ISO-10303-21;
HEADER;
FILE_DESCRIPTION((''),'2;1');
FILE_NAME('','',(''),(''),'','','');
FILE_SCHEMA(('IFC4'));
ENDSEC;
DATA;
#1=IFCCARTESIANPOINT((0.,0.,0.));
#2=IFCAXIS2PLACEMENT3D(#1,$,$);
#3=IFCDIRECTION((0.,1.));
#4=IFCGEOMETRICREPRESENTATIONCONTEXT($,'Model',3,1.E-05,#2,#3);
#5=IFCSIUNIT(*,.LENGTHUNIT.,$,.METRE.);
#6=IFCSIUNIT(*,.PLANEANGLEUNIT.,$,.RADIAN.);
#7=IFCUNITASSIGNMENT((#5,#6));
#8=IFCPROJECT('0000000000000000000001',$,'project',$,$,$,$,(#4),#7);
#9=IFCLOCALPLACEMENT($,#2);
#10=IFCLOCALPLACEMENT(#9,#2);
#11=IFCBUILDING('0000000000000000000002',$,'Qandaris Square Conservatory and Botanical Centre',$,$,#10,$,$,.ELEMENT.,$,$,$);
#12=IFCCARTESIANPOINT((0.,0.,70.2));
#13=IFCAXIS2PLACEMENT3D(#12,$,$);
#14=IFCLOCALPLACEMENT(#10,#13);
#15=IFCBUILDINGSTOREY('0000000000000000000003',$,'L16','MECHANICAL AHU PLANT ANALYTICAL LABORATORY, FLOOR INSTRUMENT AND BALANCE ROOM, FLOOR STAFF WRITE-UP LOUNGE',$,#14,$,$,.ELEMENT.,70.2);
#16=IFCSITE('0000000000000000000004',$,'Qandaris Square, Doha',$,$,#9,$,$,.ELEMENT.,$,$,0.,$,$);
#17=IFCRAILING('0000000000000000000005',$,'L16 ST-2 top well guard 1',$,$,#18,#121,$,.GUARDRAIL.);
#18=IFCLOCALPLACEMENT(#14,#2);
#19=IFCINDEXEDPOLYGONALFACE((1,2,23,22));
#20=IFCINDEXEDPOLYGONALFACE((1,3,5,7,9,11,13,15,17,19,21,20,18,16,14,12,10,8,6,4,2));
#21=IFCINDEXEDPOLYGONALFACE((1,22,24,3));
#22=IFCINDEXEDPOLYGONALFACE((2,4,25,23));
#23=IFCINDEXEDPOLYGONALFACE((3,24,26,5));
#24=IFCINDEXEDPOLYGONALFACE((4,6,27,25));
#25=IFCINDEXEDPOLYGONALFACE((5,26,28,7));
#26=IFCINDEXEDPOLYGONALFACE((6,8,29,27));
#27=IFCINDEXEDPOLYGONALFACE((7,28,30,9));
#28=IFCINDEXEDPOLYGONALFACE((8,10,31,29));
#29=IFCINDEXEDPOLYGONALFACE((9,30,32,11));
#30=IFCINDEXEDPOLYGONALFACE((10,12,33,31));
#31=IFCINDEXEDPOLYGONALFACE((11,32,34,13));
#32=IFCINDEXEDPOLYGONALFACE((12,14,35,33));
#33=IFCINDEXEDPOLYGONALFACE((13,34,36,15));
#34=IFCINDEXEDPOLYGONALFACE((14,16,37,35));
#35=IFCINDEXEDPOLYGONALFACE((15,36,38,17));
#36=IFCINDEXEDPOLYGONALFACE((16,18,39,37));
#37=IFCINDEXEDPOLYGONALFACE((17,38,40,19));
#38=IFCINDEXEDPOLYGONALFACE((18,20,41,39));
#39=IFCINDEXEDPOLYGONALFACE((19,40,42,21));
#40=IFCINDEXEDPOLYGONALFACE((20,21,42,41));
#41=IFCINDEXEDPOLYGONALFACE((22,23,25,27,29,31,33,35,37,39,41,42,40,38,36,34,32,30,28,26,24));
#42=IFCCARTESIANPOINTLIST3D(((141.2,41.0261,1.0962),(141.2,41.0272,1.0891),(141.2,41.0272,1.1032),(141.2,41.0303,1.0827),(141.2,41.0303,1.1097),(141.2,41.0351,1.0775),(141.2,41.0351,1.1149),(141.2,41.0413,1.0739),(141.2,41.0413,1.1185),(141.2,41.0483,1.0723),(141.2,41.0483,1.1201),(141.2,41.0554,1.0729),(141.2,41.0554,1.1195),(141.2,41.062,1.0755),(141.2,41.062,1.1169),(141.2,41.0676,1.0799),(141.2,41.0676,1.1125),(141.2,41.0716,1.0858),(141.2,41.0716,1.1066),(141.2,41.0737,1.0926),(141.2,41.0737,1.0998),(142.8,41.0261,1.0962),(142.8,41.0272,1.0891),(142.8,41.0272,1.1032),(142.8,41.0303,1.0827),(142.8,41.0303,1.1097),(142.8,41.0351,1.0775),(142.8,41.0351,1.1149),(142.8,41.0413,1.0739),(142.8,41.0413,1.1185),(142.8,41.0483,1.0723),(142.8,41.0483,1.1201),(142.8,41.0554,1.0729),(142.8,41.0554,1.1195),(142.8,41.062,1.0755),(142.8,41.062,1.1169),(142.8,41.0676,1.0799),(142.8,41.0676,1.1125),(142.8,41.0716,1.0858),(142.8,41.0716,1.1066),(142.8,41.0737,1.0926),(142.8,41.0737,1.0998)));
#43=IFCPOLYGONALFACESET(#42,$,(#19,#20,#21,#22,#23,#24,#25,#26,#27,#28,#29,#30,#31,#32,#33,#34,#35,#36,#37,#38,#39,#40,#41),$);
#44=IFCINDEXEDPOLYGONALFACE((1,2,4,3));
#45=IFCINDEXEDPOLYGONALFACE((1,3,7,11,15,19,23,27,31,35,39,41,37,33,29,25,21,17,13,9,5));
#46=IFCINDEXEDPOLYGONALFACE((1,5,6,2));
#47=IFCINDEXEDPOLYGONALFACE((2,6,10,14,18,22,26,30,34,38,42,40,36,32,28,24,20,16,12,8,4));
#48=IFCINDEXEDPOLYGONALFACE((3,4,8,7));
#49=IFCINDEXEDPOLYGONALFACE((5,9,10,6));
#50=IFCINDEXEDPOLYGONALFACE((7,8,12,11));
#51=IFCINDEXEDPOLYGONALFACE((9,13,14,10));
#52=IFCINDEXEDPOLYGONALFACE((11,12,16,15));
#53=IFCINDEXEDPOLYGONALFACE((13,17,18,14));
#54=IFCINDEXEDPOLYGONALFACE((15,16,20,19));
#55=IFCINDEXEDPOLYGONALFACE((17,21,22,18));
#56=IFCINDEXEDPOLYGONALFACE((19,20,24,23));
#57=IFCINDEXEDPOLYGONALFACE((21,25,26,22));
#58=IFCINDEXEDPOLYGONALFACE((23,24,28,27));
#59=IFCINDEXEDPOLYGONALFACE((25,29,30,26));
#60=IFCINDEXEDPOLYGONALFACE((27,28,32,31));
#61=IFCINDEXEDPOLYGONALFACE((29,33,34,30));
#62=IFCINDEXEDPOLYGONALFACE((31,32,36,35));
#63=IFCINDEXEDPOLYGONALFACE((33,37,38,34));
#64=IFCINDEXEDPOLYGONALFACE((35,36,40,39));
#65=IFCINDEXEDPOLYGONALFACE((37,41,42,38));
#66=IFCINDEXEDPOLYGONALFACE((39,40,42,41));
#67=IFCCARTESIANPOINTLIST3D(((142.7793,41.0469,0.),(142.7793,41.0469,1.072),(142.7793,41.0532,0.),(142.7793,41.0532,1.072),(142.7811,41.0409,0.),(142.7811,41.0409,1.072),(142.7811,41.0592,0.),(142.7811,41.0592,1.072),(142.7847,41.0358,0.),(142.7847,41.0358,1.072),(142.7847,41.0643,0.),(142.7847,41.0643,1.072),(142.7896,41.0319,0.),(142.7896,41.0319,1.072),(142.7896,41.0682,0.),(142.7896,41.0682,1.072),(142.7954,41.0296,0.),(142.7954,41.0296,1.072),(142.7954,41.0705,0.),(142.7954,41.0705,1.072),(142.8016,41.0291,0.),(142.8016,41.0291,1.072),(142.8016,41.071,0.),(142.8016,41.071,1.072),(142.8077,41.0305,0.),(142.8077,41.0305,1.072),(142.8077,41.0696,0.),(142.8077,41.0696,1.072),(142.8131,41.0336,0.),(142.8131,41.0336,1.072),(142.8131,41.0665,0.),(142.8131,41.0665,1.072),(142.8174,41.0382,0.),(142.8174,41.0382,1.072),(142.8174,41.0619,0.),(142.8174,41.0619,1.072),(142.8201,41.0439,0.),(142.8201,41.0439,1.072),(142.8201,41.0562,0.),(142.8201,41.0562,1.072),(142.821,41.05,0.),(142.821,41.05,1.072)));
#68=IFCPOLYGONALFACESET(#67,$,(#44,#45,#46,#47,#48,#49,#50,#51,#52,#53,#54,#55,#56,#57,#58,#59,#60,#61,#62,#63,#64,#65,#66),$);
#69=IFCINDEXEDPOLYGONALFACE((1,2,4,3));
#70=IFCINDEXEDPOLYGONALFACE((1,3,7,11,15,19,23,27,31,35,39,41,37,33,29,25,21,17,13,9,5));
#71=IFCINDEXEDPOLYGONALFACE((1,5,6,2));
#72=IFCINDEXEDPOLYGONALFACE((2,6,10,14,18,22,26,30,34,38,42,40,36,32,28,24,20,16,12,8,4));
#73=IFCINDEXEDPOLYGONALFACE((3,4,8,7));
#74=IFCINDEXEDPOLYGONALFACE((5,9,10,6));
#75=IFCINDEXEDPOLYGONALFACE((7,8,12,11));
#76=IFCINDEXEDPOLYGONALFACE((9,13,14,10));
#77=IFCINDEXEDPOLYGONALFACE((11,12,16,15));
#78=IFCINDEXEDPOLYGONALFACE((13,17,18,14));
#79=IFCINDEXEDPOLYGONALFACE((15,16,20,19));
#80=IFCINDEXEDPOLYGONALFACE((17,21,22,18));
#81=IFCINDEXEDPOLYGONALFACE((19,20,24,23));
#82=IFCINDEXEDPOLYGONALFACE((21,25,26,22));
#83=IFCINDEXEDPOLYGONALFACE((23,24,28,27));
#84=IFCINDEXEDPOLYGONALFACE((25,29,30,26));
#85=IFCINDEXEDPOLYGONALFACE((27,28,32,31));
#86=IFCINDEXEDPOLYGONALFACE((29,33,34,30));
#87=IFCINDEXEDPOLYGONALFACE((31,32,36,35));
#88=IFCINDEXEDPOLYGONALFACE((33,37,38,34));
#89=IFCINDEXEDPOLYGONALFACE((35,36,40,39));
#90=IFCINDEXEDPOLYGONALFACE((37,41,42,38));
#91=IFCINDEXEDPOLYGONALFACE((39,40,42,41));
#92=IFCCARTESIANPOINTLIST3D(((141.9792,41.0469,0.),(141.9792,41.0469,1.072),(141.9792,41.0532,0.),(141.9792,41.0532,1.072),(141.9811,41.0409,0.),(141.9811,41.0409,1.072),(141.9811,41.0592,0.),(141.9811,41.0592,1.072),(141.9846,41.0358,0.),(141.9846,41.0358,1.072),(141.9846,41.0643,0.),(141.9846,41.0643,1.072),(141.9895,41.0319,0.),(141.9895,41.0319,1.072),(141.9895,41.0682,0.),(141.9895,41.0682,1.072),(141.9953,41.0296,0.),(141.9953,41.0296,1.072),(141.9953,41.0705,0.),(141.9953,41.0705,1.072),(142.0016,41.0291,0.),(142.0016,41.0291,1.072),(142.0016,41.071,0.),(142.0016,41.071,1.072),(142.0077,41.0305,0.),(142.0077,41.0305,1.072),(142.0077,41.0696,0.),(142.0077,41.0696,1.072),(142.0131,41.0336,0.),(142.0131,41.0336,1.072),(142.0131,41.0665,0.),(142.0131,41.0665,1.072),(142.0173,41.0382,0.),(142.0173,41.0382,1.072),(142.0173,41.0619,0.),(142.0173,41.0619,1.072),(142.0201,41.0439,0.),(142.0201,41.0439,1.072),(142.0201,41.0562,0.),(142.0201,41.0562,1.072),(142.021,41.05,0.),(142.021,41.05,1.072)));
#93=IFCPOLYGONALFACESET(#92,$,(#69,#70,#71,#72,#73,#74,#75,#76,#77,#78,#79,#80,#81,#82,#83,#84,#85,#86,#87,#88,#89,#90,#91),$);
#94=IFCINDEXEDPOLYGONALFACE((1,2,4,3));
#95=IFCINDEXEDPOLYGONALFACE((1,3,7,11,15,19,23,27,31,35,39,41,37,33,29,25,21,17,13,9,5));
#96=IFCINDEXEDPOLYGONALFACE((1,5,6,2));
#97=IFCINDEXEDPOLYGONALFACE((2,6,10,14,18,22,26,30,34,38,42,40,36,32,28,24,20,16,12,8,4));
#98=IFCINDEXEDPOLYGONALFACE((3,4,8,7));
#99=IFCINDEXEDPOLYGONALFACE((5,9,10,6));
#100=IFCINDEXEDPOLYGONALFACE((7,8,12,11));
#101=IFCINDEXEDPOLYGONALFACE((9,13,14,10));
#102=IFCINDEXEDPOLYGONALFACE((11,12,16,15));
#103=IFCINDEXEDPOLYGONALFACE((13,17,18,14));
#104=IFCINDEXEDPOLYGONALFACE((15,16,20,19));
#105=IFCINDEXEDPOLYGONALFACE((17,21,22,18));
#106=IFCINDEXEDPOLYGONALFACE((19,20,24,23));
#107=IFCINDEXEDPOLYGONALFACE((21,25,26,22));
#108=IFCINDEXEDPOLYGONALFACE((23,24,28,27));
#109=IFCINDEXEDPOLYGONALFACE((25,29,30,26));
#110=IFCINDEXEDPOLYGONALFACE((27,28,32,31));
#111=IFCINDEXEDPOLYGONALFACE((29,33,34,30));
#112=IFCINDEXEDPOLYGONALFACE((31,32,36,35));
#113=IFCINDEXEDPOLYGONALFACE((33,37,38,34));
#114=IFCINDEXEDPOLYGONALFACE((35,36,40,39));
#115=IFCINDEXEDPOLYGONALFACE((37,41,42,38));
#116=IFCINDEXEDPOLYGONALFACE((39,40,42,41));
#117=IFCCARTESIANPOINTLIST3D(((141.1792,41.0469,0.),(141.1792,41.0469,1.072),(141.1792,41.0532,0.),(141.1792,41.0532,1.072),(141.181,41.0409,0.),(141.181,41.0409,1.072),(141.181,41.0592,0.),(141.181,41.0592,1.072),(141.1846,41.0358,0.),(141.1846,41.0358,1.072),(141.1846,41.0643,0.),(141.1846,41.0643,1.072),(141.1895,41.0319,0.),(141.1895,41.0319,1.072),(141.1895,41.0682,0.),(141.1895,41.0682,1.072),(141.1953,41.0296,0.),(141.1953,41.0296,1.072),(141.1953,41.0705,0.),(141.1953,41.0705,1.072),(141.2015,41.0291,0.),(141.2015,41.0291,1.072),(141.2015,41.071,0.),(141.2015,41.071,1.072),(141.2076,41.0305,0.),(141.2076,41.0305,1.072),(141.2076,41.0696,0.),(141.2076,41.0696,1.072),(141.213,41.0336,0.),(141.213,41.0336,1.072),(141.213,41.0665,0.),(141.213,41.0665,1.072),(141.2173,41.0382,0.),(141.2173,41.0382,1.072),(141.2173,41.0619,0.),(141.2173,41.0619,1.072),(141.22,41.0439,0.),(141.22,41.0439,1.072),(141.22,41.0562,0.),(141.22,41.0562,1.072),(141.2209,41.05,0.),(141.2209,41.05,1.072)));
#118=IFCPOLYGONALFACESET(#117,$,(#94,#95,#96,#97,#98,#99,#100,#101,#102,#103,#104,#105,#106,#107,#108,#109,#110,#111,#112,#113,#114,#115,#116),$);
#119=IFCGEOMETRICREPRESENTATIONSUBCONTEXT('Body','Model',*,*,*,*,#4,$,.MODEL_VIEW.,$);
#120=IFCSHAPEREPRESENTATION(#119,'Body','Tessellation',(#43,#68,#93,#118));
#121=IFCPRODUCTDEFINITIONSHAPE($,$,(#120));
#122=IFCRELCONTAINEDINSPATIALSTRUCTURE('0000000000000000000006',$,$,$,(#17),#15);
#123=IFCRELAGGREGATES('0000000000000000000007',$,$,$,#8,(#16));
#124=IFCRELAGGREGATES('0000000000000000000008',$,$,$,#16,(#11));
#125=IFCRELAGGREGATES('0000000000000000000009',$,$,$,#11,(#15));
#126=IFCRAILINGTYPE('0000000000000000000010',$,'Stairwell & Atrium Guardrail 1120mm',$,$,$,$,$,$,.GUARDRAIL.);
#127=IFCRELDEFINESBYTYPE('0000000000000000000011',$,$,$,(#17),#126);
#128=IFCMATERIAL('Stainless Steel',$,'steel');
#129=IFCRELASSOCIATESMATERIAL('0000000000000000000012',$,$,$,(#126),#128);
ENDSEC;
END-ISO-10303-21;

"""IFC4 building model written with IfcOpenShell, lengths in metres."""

from ifc_helpers import new_model, si_unit, direction, frame, origin, origin_2d, place, context, subcontext, project, spatial, circle, extrude, material, type_object, element, save


model = new_model("IFC4")

# Units and contexts
model_context = context("Model", 3, precision=1e-05, world=origin(), true_north=direction((0.0, 1.0)))
body_context = subcontext(model_context, "Body", "Model", "MODEL_VIEW")
ifc_project = project(units=[si_unit("LENGTHUNIT", "METRE"), si_unit("PLANEANGLEUNIT", "RADIAN")], contexts=[model_context])

# Site, building, storey
site_placement = place(None, origin())
site = spatial("IfcSite", under=ifc_project, at=site_placement, Name="Qandaris Square, Doha", CompositionType="ELEMENT", RefElevation=0.0)
building_placement = place(site_placement, origin())
building = spatial("IfcBuilding", under=site, at=building_placement, Name="Qandaris Square Conservatory and Botanical Centre", CompositionType="ELEMENT")
storey_placement = place(building_placement, frame((0.0, 0.0, 70.2)))
storey = spatial("IfcBuildingStorey", under=building, at=storey_placement, Name="L16", Description="MECHANICAL AHU PLANT ANALYTICAL LABORATORY, FLOOR INSTRUMENT AND BALANCE ROOM, FLOOR STAFF WRITE-UP LOUNGE", CompositionType="ELEMENT", Elevation=70.2)

# Railing
ifc_material_1 = material(Name="Stainless Steel", Category="steel")
railing_type = type_object("IfcRailingType", Name="Stairwell & Atrium Guardrail 1120mm", PredefinedType="GUARDRAIL", material=ifc_material_1)
railing_placement = place(storey_placement, frame((142.8, 41.05, 0.0)))
element("IfcRailing", 1, at=railing_placement, inside=storey, type_object=railing_type, Name="L16 ST-2 top well guard 1", PredefinedType="GUARDRAIL", context=body_context, shape_type="SweptSolid", body=[
    extrude(circle(Radius=0.0239, at=origin_2d()), frame((0.0, 0.0, 1.0962), z_axis=(-1.0, 0.0, 0.0), x_axis=(0.0, -1.0, 0.0)), (0.0, 0.0, 1.0), 1.6001),
    extrude(circle(Radius=0.021, at=origin_2d()), origin(), (0.0, 0.0, 1.0), 1.072),
    extrude(circle(Radius=0.021, at=origin_2d()), frame((-0.8, 0.0, 0.0)), (0.0, 0.0, 1.0), 1.072),
    extrude(circle(Radius=0.021, at=origin_2d()), frame((-1.6001, 0.0, 0.0)), (0.0, 0.0, 1.0), 1.072),
])

save(model, "model.ifc")
